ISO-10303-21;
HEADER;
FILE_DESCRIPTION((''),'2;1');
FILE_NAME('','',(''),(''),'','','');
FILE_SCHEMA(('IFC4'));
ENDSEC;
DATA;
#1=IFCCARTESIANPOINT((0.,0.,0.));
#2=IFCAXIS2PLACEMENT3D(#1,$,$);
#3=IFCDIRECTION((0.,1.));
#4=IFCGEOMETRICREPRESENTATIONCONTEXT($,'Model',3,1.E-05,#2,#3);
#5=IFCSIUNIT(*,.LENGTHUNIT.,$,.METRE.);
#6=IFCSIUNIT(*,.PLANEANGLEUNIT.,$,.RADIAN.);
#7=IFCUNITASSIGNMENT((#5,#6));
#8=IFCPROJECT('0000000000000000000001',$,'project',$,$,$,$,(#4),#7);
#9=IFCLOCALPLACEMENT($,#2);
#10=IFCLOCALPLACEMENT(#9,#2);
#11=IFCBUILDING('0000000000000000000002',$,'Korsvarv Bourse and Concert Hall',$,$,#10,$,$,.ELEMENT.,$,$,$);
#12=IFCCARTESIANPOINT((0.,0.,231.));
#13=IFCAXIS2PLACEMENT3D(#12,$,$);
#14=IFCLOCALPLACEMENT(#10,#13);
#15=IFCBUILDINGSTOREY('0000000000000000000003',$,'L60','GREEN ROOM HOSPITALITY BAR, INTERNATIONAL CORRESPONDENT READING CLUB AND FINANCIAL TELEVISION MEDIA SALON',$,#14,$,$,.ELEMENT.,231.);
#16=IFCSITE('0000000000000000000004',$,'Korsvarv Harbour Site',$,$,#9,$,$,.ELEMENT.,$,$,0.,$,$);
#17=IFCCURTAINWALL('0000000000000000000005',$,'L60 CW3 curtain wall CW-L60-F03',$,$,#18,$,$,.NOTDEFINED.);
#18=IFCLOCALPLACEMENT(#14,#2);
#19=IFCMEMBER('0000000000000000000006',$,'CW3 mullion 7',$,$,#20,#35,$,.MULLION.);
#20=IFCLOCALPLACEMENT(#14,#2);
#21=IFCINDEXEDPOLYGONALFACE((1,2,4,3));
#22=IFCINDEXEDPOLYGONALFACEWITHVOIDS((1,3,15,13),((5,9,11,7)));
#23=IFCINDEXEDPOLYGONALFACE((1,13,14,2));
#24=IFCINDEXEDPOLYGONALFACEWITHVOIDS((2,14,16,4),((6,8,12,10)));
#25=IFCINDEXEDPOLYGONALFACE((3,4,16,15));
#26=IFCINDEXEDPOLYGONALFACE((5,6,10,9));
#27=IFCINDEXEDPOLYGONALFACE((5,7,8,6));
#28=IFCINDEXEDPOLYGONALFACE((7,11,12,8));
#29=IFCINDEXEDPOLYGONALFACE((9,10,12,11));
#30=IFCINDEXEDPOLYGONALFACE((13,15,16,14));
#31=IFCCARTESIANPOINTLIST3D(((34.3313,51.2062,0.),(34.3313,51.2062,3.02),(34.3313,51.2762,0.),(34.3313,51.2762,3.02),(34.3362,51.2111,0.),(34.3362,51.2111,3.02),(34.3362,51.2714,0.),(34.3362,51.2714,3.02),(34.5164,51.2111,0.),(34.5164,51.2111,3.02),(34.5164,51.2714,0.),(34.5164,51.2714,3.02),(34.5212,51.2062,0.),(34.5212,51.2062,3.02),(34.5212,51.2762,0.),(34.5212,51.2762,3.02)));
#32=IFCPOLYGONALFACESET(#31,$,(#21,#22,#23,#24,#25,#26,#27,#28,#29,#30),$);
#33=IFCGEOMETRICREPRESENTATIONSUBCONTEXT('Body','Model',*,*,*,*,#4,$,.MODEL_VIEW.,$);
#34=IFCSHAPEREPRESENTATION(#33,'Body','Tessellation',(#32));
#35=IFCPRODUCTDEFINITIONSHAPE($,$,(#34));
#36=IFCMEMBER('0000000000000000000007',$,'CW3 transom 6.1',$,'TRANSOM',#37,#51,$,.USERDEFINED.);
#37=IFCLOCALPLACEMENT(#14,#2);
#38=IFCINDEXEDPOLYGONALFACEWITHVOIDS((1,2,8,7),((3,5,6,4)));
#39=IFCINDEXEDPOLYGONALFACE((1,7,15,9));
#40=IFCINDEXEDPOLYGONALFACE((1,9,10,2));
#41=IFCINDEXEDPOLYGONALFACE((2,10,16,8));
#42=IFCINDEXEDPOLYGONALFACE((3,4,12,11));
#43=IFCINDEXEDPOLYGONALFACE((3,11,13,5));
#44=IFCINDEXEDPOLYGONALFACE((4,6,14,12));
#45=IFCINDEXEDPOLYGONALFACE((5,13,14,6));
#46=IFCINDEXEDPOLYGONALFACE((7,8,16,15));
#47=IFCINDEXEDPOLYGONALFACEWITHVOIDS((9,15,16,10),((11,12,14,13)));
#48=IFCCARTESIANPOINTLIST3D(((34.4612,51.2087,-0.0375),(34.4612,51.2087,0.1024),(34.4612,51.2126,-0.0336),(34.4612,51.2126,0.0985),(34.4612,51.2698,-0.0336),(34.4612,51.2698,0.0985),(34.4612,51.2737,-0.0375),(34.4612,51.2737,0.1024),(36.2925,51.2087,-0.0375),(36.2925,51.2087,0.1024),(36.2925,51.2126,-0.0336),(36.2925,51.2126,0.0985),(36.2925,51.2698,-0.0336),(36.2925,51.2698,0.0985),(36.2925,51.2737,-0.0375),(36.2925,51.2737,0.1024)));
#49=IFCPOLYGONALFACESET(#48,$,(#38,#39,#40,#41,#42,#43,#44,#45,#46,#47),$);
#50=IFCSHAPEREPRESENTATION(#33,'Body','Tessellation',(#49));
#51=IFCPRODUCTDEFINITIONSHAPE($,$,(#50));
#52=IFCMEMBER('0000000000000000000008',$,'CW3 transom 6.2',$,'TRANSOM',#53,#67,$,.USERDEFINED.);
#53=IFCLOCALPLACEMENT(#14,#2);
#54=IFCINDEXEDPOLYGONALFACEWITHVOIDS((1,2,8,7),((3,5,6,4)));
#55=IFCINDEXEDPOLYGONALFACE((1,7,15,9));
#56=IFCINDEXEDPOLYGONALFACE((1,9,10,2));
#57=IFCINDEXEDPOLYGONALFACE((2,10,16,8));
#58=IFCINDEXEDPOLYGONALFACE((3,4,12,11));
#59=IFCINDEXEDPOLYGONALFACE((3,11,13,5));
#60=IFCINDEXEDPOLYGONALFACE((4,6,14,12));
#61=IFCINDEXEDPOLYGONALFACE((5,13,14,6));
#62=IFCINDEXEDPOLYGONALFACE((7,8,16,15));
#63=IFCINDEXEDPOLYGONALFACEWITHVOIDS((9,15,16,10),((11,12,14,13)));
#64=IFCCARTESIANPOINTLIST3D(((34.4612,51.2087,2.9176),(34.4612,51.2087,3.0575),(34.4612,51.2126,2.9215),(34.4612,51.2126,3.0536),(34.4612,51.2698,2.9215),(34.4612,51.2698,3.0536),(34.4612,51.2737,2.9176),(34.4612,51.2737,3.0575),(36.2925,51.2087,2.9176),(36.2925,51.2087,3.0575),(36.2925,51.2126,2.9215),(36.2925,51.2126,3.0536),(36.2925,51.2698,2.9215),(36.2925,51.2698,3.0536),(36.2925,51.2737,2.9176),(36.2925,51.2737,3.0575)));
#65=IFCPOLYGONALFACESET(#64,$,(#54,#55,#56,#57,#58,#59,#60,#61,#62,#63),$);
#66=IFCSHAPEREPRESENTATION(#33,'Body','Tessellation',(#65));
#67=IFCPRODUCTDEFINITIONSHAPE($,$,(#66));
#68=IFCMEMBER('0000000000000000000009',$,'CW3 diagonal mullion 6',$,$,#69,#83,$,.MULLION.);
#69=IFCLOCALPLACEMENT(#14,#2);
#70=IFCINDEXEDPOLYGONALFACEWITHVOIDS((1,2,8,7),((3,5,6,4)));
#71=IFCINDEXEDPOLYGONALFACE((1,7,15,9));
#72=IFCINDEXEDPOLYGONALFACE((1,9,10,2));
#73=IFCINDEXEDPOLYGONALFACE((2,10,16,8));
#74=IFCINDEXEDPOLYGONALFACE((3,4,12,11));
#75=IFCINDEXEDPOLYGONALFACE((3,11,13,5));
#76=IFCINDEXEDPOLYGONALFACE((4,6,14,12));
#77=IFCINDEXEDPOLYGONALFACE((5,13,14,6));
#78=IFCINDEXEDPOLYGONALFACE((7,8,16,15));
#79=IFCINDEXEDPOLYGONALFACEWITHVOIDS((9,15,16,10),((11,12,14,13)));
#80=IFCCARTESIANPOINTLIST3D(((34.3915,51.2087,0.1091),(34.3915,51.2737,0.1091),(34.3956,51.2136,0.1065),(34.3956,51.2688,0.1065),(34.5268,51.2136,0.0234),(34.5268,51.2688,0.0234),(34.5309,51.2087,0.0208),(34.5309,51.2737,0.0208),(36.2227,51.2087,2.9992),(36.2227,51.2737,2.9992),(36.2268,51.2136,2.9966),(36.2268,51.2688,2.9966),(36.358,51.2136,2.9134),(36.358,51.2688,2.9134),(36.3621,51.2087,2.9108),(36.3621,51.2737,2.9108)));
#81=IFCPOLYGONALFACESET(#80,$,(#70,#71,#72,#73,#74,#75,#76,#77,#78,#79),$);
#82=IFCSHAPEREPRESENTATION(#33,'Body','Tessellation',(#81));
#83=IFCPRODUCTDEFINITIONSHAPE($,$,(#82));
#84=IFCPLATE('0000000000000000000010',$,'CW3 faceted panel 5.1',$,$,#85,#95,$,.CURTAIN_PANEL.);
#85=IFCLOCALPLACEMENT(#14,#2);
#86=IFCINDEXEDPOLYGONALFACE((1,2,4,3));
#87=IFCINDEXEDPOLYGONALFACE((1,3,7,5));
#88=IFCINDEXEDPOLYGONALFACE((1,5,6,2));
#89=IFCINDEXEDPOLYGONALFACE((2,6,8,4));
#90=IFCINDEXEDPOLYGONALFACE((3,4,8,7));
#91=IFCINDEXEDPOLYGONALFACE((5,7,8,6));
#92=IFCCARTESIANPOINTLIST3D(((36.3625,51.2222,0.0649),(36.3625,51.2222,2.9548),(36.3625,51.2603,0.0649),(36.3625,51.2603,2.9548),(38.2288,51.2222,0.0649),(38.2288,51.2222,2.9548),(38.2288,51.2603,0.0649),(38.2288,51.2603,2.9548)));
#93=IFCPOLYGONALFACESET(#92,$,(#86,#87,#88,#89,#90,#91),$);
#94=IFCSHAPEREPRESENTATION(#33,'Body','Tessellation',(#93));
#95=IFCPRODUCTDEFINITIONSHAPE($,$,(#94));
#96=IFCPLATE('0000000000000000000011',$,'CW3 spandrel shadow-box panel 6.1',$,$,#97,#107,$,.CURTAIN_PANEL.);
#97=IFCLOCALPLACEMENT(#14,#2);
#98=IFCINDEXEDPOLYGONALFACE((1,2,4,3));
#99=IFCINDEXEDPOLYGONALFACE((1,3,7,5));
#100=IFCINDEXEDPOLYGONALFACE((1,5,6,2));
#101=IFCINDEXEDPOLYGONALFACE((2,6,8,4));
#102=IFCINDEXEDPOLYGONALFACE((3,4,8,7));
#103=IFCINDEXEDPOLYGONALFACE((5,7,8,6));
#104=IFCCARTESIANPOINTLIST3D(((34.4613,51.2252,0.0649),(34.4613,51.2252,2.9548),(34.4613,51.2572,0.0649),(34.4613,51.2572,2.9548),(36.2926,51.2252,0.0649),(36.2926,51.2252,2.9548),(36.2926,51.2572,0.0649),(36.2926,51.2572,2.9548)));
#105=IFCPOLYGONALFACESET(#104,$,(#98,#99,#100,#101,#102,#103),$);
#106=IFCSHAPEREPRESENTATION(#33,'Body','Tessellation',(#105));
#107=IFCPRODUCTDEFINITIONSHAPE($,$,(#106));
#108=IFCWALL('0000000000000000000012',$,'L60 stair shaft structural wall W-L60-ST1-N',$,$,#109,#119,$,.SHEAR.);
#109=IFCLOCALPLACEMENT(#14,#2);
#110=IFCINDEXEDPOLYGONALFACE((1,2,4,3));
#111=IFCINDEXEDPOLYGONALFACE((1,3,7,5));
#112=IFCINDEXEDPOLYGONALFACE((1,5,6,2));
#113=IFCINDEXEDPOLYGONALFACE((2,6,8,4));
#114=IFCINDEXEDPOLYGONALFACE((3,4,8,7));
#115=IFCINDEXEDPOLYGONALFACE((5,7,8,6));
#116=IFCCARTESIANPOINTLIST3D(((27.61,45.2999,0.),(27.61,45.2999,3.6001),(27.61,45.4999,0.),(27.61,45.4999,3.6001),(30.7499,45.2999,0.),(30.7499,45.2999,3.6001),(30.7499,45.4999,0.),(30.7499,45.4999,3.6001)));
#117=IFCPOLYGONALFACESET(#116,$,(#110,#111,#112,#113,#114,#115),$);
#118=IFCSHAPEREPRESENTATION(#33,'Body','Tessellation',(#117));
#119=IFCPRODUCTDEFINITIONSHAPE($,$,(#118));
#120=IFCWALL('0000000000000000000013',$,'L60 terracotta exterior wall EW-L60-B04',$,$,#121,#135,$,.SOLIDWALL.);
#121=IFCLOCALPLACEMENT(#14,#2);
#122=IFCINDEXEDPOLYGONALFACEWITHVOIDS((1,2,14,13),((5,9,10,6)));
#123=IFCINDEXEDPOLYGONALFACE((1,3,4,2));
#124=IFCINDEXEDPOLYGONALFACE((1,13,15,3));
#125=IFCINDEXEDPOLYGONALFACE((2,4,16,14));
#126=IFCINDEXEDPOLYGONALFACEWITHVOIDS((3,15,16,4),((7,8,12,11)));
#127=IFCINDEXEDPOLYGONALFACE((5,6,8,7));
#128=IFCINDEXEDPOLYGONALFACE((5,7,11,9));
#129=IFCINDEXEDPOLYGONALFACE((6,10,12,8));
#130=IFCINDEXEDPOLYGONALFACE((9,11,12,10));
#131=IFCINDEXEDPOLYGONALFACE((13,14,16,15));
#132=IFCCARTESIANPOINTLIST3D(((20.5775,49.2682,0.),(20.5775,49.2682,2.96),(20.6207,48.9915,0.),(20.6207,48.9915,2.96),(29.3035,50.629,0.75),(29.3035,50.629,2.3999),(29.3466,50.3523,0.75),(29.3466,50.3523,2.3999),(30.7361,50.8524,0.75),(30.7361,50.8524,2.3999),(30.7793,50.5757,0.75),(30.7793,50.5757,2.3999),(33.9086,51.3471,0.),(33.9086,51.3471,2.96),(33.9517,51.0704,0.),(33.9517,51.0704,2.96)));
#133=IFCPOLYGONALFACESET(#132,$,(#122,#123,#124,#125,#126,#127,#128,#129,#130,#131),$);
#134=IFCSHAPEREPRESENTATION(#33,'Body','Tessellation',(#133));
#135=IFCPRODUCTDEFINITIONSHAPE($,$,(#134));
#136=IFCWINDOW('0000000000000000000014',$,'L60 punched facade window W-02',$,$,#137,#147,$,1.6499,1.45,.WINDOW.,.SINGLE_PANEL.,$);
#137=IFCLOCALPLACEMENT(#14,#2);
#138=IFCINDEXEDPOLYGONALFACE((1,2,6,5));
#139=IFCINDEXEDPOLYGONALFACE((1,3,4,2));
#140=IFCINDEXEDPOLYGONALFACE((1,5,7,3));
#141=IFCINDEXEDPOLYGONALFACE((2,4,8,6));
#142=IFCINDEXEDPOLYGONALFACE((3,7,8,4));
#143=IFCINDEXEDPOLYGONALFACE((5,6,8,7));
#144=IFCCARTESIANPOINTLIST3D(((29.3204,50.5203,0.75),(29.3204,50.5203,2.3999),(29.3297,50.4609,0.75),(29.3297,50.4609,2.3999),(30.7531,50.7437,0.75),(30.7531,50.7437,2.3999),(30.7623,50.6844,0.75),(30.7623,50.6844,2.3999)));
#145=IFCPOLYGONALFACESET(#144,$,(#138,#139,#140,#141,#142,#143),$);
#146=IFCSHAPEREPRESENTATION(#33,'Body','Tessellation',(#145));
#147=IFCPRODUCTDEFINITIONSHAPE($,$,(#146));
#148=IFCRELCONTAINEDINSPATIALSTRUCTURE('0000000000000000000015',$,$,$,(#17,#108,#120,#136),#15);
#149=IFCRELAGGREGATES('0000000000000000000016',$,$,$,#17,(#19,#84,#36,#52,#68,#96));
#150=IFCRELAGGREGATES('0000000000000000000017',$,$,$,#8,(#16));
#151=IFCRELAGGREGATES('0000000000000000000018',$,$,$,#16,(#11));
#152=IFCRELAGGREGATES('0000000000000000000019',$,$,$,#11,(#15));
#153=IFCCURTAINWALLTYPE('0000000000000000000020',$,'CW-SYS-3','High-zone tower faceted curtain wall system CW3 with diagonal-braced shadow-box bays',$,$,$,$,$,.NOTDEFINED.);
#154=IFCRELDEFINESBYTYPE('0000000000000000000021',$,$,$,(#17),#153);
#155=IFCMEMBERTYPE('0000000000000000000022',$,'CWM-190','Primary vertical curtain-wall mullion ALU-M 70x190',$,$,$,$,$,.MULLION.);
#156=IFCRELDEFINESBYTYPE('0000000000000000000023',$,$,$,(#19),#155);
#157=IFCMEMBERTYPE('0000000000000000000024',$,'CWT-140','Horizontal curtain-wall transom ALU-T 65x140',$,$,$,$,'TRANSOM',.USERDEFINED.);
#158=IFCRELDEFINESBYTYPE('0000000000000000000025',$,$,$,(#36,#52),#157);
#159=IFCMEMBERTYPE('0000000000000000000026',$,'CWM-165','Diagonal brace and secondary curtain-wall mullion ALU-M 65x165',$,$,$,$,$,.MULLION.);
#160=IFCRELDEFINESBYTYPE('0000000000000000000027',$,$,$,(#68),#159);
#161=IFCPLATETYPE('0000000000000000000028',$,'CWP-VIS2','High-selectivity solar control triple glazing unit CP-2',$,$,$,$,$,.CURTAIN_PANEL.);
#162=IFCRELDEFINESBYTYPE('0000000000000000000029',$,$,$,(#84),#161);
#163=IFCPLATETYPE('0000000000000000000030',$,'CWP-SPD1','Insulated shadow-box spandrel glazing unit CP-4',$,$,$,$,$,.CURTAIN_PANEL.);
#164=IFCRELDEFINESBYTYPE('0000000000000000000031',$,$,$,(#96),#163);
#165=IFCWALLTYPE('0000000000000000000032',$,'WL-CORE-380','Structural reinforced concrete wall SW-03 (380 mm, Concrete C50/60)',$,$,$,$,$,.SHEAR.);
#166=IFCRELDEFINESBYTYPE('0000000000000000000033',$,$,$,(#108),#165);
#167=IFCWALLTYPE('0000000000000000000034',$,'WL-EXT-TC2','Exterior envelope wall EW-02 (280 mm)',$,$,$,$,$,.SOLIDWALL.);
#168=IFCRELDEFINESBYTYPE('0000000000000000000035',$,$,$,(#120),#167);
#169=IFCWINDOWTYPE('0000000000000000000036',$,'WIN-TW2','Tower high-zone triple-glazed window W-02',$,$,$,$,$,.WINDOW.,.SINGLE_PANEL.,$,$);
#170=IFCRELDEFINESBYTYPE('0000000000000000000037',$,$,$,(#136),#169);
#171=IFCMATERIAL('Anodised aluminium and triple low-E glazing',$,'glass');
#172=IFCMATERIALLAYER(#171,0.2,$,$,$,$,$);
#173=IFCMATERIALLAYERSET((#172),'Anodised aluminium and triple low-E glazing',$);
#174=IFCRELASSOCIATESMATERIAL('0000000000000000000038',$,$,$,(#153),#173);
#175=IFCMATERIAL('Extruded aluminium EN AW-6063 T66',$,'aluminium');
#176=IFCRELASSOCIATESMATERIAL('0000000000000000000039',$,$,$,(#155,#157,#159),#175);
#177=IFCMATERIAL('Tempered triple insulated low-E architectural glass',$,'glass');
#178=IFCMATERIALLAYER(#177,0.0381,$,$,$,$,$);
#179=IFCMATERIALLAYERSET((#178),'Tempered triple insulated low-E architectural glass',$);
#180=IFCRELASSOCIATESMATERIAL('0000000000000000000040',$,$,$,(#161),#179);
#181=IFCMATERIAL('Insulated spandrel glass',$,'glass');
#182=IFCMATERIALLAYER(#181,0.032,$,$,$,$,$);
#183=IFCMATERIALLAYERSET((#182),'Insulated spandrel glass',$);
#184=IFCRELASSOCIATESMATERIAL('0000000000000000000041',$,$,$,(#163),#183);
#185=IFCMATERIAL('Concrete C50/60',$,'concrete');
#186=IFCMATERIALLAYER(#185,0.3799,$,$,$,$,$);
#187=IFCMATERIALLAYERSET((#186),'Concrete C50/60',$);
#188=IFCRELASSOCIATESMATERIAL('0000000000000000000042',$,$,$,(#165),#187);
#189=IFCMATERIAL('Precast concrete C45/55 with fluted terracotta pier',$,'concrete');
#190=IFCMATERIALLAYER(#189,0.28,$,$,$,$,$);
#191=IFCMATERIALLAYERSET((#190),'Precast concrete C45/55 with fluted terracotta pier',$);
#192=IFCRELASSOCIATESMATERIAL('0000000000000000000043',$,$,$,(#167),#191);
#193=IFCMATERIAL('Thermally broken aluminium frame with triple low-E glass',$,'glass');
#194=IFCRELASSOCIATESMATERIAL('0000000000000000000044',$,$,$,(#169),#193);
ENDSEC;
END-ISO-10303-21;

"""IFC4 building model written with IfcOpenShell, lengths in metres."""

from ifc_helpers import new_model, si_unit, direction, frame, frame_2d, origin, origin_2d, place, context, subcontext, project, spatial, rectangle, hollow_rectangle, extrude, source, transform, mapped, material, layer, layer_set, material_profile, profile_set, type_object, element, fill, aggregate, save


model = new_model("IFC4")

# Units and contexts
model_context = context("Model", 3, precision=1e-05, world=origin(), true_north=direction((0.0, 1.0)))
body_context = subcontext(model_context, "Body", "Model", "MODEL_VIEW")
ifc_project = project(units=[si_unit("LENGTHUNIT", "METRE"), si_unit("PLANEANGLEUNIT", "RADIAN")], contexts=[model_context])

# Site, building, storey
site_placement = place(None, origin())
site = spatial("IfcSite", under=ifc_project, at=site_placement, Name="Korsvarv Harbour Site", CompositionType="ELEMENT", RefElevation=0.0)
building_placement = place(site_placement, origin())
building = spatial("IfcBuilding", under=site, at=building_placement, Name="Korsvarv Bourse and Concert Hall", CompositionType="ELEMENT")
storey_placement = place(building_placement, frame((0.0, 0.0, 231.0)))
storey = spatial("IfcBuildingStorey", under=building, at=storey_placement, Name="L60", Description="GREEN ROOM HOSPITALITY BAR, INTERNATIONAL CORRESPONDENT READING CLUB AND FINANCIAL TELEVISION MEDIA SALON", CompositionType="ELEMENT", Elevation=231.0)

# Curtain wall, members, plates
ifc_material_1 = material(Name="Anodised aluminium and triple low-E glazing", Category="glass")
ifc_layer_1 = layer(ifc_material_1, 0.2)
ifc_layer_set_1 = layer_set([ifc_layer_1], Name="Anodised aluminium and triple low-E glazing")
curtain_wall_type = type_object("IfcCurtainWallType", Name="CW-SYS-3", Description="High-zone tower faceted curtain wall system CW3 with diagonal-braced shadow-box bays", PredefinedType="NOTDEFINED", material=ifc_layer_set_1)
curtain_wall_placement = place(storey_placement, origin())
curtain_wall = element("IfcCurtainWall", 1, at=curtain_wall_placement, inside=storey, type_object=curtain_wall_type, Name="L60 CW3 curtain wall CW-L60-F03", PredefinedType="NOTDEFINED")
ifc_material_2 = material(Name="Extruded aluminium EN AW-6063 T66", Category="aluminium")
ifc_material_profile_1 = material_profile(ifc_material_2, hollow_rectangle(XDim=0.0701, YDim=0.1899, WallThickness=0.0049, at=origin_2d()), Name="ALU-M 70x190")
ifc_profile_set_1 = profile_set([ifc_material_profile_1], Name="Extruded aluminium EN AW-6063 T66")
member_type_1 = type_object("IfcMemberType", Name="CWM-190", Description="Primary vertical curtain-wall mullion ALU-M 70x190", PredefinedType="MULLION", material=ifc_profile_set_1)
shared_shape_1 = source(origin(), body_context, "Body", "SweptSolid", [
    extrude(hollow_rectangle(XDim=0.0701, YDim=0.1899, WallThickness=0.0049, at=origin_2d()), origin(), (0.0, 0.0, 1.0), 3.02),
])
member_1_placement = place(storey_placement, frame((34.4263, 51.2412, 0.0), z_axis=(0.0, 0.0, 1.0), x_axis=(0.0, -1.0, 0.0)))
member_1 = element("IfcMember", 2, at=member_1_placement, type_object=member_type_1, Name="CW3 mullion 7", PredefinedType="MULLION", context=body_context, shape_type="MappedRepresentation", body=[
    mapped(shared_shape_1, transform((0.0, 0.0, 0.0), scale=1.0)),
])
ifc_material_profile_2 = material_profile(ifc_material_2, hollow_rectangle(XDim=0.0649, YDim=0.1399, WallThickness=0.0039, at=origin_2d()), Name="ALU-T 65x140")
ifc_profile_set_2 = profile_set([ifc_material_profile_2], Name="Extruded aluminium EN AW-6063 T66")
member_type_2 = type_object("IfcMemberType", Name="CWT-140", Description="Horizontal curtain-wall transom ALU-T 65x140", ElementType="TRANSOM", PredefinedType="USERDEFINED", material=ifc_profile_set_2)
shared_shape_2 = source(origin(), body_context, "Body", "SweptSolid", [
    extrude(hollow_rectangle(XDim=0.0649, YDim=0.1399, WallThickness=0.0039, at=origin_2d()), origin(), (0.0, 0.0, 1.0), 1.8313),
])
member_2_placement = place(storey_placement, frame((36.2925, 51.2412, 0.0325), z_axis=(-1.0, 0.0, 0.0), x_axis=(0.0, -1.0, 0.0)))
member_2 = element("IfcMember", 3, at=member_2_placement, type_object=member_type_2, Name="CW3 transom 6.1", ObjectType="TRANSOM", PredefinedType="USERDEFINED", context=body_context, shape_type="MappedRepresentation", body=[
    mapped(shared_shape_2, transform((0.0, 0.0, 0.0), scale=1.0)),
])
member_3_placement = place(storey_placement, frame((36.2925, 51.2412, 2.9875), z_axis=(-1.0, 0.0, 0.0), x_axis=(0.0, -1.0, 0.0)))
member_3 = element("IfcMember", 4, at=member_3_placement, type_object=member_type_2, Name="CW3 transom 6.2", ObjectType="TRANSOM", PredefinedType="USERDEFINED", context=body_context, shape_type="MappedRepresentation", body=[
    mapped(shared_shape_2, transform((0.0, 0.0, 0.0), scale=1.0)),
])
ifc_material_profile_3 = material_profile(ifc_material_2, hollow_rectangle(XDim=0.0649, YDim=0.165, WallThickness=0.0049, at=origin_2d()), Name="ALU-M 65x165")
ifc_profile_set_3 = profile_set([ifc_material_profile_3], Name="Extruded aluminium EN AW-6063 T66")
member_type_3 = type_object("IfcMemberType", Name="CWM-165", Description="Diagonal brace and secondary curtain-wall mullion ALU-M 65x165", PredefinedType="MULLION", material=ifc_profile_set_3)
shared_shape_3 = source(origin(), body_context, "Body", "SweptSolid", [
    extrude(hollow_rectangle(XDim=0.0649, YDim=0.165, WallThickness=0.0049, at=origin_2d()), origin(), (0.0, 0.0, 1.0), 3.4214),
])
member_4_placement = place(storey_placement, frame((34.4612, 51.2412, 0.0649), z_axis=(0.535235, 0.0, 0.844703), x_axis=(0.0, 1.0, 0.0)))
member_4 = element("IfcMember", 5, at=member_4_placement, type_object=member_type_3, Name="CW3 diagonal mullion 6", PredefinedType="MULLION", context=body_context, shape_type="MappedRepresentation", body=[
    mapped(shared_shape_3, transform((0.0, 0.0, 0.0), scale=1.0)),
])
ifc_material_3 = material(Name="Tempered triple insulated low-E architectural glass", Category="glass")
ifc_layer_2 = layer(ifc_material_3, 0.0381)
ifc_layer_set_2 = layer_set([ifc_layer_2], Name="Tempered triple insulated low-E architectural glass")
plate_type_1 = type_object("IfcPlateType", Name="CWP-VIS2", Description="High-selectivity solar control triple glazing unit CP-2", PredefinedType="CURTAIN_PANEL", material=ifc_layer_set_2)
shared_shape_4 = source(origin(), body_context, "Body", "SweptSolid", [
    extrude(rectangle(XDim=1.8662, YDim=0.0381, at=origin_2d()), origin(), (0.0, 0.0, 1.0), 2.8899),
])
plate_1_placement = place(storey_placement, frame((37.2957, 51.2412, 0.0649), z_axis=(0.0, 0.0, 1.0), x_axis=(-1.0, 0.0, 0.0)))
plate_1 = element("IfcPlate", 6, at=plate_1_placement, type_object=plate_type_1, Name="CW3 faceted panel 5.1", PredefinedType="CURTAIN_PANEL", context=body_context, shape_type="MappedRepresentation", body=[
    mapped(shared_shape_4, transform((0.0, 0.0, 0.0), scale=1.0)),
])
ifc_material_4 = material(Name="Insulated spandrel glass", Category="glass")
ifc_layer_3 = layer(ifc_material_4, 0.032)
ifc_layer_set_3 = layer_set([ifc_layer_3], Name="Insulated spandrel glass")
plate_type_2 = type_object("IfcPlateType", Name="CWP-SPD1", Description="Insulated shadow-box spandrel glazing unit CP-4", PredefinedType="CURTAIN_PANEL", material=ifc_layer_set_3)
shared_shape_5 = source(origin(), body_context, "Body", "SweptSolid", [
    extrude(rectangle(XDim=1.8313, YDim=0.032, at=origin_2d()), origin(), (0.0, 0.0, 1.0), 2.8899),
])
plate_2_placement = place(storey_placement, frame((35.377, 51.2412, 0.0649), z_axis=(0.0, 0.0, 1.0), x_axis=(-1.0, 0.0, 0.0)))
plate_2 = element("IfcPlate", 7, at=plate_2_placement, type_object=plate_type_2, Name="CW3 spandrel shadow-box panel 6.1", PredefinedType="CURTAIN_PANEL", context=body_context, shape_type="MappedRepresentation", body=[
    mapped(shared_shape_5, transform((0.0, 0.0, 0.0), scale=1.0)),
])
aggregate(curtain_wall, [member_1, plate_1, member_2, member_3, member_4, plate_2])

# Wall
ifc_material_5 = material(Name="Concrete C50/60", Category="concrete")
ifc_layer_4 = layer(ifc_material_5, 0.3799)
ifc_layer_set_4 = layer_set([ifc_layer_4], Name="Concrete C50/60")
wall_type_1 = type_object("IfcWallType", Name="WL-CORE-380", Description="Structural reinforced concrete wall SW-03 (380 mm, Concrete C50/60)", PredefinedType="SHEAR", material=ifc_layer_set_4)
wall_1_placement = place(storey_placement, frame((27.6101, 45.3999, 0.0), z_axis=(0.0, 0.0, 1.0), x_axis=(1.0, 0.0, 0.0)))
element("IfcWall", 8, at=wall_1_placement, inside=storey, type_object=wall_type_1, Name="L60 stair shaft structural wall W-L60-ST1-N", PredefinedType="SHEAR", context=body_context, shape_type="SweptSolid", body=[
    extrude(rectangle(XDim=3.1399, YDim=0.2, at=frame_2d((1.5698, 0.0))), origin(), (0.0, 0.0, 1.0), 3.6001),
])

# Wall, opening, window
ifc_material_6 = material(Name="Precast concrete C45/55 with fluted terracotta pier", Category="concrete")
ifc_layer_5 = layer(ifc_material_6, 0.28)
ifc_layer_set_5 = layer_set([ifc_layer_5], Name="Precast concrete C45/55 with fluted terracotta pier")
wall_type_2 = type_object("IfcWallType", Name="WL-EXT-TC2", Description="Exterior envelope wall EW-02 (280 mm)", PredefinedType="SOLIDWALL", material=ifc_layer_set_5)
wall_2_placement = place(storey_placement, frame((33.9302, 51.2087, 0.0), z_axis=(0.0, 0.0, 1.0), x_axis=(-0.988059, -0.154079, 0.0)))
wall_2 = element("IfcWall", 9, at=wall_2_placement, inside=storey, type_object=wall_type_2, Name="L60 terracotta exterior wall EW-L60-B04", PredefinedType="SOLIDWALL", context=body_context, shape_type="SweptSolid", body=[
    extrude(rectangle(XDim=13.4922, YDim=0.28, at=frame_2d((6.7461, 0.0))), origin(), (0.0, 0.0, 1.0), 2.96),
])
opening_1_placement = place(wall_2_placement, frame((3.2107, 0.0, 0.75)))
opening_1 = element("IfcOpeningElement", 10, at=opening_1_placement, cuts=wall_2, PredefinedType="OPENING", context=body_context, shape_type="SweptSolid", body=[
    extrude(rectangle(XDim=1.45, YDim=1.6499, at=frame_2d((0.7251, 0.825))), frame((0.0, 0.1499, 0.0), z_axis=(0.0, -1.0, 0.0), x_axis=(1.0, 0.0, 0.0)), (0.0, 0.0, 1.0), 0.3),
])
ifc_material_7 = material(Name="Thermally broken aluminium frame with triple low-E glass", Category="glass")
window_type = type_object("IfcWindowType", Name="WIN-TW2", Description="Tower high-zone triple-glazed window W-02", PartitioningType="SINGLE_PANEL", PredefinedType="WINDOW", material=ifc_material_7)
window_placement = place(opening_1_placement, origin())
window = element("IfcWindow", 11, at=window_placement, inside=storey, type_object=window_type, Name="L60 punched facade window W-02", OverallHeight=1.6499, OverallWidth=1.45, PartitioningType="SINGLE_PANEL", PredefinedType="WINDOW", context=body_context, shape_type="SweptSolid", body=[
    extrude(rectangle(XDim=1.45, YDim=1.6499, at=frame_2d((0.7251, 0.825))), frame((0.0, 0.03, 0.0), z_axis=(0.0, -1.0, 0.0), x_axis=(1.0, 0.0, 0.0)), (0.0, 0.0, 1.0), 0.0601),
])
fill(opening_1, window)

save(model, "model.ifc")
